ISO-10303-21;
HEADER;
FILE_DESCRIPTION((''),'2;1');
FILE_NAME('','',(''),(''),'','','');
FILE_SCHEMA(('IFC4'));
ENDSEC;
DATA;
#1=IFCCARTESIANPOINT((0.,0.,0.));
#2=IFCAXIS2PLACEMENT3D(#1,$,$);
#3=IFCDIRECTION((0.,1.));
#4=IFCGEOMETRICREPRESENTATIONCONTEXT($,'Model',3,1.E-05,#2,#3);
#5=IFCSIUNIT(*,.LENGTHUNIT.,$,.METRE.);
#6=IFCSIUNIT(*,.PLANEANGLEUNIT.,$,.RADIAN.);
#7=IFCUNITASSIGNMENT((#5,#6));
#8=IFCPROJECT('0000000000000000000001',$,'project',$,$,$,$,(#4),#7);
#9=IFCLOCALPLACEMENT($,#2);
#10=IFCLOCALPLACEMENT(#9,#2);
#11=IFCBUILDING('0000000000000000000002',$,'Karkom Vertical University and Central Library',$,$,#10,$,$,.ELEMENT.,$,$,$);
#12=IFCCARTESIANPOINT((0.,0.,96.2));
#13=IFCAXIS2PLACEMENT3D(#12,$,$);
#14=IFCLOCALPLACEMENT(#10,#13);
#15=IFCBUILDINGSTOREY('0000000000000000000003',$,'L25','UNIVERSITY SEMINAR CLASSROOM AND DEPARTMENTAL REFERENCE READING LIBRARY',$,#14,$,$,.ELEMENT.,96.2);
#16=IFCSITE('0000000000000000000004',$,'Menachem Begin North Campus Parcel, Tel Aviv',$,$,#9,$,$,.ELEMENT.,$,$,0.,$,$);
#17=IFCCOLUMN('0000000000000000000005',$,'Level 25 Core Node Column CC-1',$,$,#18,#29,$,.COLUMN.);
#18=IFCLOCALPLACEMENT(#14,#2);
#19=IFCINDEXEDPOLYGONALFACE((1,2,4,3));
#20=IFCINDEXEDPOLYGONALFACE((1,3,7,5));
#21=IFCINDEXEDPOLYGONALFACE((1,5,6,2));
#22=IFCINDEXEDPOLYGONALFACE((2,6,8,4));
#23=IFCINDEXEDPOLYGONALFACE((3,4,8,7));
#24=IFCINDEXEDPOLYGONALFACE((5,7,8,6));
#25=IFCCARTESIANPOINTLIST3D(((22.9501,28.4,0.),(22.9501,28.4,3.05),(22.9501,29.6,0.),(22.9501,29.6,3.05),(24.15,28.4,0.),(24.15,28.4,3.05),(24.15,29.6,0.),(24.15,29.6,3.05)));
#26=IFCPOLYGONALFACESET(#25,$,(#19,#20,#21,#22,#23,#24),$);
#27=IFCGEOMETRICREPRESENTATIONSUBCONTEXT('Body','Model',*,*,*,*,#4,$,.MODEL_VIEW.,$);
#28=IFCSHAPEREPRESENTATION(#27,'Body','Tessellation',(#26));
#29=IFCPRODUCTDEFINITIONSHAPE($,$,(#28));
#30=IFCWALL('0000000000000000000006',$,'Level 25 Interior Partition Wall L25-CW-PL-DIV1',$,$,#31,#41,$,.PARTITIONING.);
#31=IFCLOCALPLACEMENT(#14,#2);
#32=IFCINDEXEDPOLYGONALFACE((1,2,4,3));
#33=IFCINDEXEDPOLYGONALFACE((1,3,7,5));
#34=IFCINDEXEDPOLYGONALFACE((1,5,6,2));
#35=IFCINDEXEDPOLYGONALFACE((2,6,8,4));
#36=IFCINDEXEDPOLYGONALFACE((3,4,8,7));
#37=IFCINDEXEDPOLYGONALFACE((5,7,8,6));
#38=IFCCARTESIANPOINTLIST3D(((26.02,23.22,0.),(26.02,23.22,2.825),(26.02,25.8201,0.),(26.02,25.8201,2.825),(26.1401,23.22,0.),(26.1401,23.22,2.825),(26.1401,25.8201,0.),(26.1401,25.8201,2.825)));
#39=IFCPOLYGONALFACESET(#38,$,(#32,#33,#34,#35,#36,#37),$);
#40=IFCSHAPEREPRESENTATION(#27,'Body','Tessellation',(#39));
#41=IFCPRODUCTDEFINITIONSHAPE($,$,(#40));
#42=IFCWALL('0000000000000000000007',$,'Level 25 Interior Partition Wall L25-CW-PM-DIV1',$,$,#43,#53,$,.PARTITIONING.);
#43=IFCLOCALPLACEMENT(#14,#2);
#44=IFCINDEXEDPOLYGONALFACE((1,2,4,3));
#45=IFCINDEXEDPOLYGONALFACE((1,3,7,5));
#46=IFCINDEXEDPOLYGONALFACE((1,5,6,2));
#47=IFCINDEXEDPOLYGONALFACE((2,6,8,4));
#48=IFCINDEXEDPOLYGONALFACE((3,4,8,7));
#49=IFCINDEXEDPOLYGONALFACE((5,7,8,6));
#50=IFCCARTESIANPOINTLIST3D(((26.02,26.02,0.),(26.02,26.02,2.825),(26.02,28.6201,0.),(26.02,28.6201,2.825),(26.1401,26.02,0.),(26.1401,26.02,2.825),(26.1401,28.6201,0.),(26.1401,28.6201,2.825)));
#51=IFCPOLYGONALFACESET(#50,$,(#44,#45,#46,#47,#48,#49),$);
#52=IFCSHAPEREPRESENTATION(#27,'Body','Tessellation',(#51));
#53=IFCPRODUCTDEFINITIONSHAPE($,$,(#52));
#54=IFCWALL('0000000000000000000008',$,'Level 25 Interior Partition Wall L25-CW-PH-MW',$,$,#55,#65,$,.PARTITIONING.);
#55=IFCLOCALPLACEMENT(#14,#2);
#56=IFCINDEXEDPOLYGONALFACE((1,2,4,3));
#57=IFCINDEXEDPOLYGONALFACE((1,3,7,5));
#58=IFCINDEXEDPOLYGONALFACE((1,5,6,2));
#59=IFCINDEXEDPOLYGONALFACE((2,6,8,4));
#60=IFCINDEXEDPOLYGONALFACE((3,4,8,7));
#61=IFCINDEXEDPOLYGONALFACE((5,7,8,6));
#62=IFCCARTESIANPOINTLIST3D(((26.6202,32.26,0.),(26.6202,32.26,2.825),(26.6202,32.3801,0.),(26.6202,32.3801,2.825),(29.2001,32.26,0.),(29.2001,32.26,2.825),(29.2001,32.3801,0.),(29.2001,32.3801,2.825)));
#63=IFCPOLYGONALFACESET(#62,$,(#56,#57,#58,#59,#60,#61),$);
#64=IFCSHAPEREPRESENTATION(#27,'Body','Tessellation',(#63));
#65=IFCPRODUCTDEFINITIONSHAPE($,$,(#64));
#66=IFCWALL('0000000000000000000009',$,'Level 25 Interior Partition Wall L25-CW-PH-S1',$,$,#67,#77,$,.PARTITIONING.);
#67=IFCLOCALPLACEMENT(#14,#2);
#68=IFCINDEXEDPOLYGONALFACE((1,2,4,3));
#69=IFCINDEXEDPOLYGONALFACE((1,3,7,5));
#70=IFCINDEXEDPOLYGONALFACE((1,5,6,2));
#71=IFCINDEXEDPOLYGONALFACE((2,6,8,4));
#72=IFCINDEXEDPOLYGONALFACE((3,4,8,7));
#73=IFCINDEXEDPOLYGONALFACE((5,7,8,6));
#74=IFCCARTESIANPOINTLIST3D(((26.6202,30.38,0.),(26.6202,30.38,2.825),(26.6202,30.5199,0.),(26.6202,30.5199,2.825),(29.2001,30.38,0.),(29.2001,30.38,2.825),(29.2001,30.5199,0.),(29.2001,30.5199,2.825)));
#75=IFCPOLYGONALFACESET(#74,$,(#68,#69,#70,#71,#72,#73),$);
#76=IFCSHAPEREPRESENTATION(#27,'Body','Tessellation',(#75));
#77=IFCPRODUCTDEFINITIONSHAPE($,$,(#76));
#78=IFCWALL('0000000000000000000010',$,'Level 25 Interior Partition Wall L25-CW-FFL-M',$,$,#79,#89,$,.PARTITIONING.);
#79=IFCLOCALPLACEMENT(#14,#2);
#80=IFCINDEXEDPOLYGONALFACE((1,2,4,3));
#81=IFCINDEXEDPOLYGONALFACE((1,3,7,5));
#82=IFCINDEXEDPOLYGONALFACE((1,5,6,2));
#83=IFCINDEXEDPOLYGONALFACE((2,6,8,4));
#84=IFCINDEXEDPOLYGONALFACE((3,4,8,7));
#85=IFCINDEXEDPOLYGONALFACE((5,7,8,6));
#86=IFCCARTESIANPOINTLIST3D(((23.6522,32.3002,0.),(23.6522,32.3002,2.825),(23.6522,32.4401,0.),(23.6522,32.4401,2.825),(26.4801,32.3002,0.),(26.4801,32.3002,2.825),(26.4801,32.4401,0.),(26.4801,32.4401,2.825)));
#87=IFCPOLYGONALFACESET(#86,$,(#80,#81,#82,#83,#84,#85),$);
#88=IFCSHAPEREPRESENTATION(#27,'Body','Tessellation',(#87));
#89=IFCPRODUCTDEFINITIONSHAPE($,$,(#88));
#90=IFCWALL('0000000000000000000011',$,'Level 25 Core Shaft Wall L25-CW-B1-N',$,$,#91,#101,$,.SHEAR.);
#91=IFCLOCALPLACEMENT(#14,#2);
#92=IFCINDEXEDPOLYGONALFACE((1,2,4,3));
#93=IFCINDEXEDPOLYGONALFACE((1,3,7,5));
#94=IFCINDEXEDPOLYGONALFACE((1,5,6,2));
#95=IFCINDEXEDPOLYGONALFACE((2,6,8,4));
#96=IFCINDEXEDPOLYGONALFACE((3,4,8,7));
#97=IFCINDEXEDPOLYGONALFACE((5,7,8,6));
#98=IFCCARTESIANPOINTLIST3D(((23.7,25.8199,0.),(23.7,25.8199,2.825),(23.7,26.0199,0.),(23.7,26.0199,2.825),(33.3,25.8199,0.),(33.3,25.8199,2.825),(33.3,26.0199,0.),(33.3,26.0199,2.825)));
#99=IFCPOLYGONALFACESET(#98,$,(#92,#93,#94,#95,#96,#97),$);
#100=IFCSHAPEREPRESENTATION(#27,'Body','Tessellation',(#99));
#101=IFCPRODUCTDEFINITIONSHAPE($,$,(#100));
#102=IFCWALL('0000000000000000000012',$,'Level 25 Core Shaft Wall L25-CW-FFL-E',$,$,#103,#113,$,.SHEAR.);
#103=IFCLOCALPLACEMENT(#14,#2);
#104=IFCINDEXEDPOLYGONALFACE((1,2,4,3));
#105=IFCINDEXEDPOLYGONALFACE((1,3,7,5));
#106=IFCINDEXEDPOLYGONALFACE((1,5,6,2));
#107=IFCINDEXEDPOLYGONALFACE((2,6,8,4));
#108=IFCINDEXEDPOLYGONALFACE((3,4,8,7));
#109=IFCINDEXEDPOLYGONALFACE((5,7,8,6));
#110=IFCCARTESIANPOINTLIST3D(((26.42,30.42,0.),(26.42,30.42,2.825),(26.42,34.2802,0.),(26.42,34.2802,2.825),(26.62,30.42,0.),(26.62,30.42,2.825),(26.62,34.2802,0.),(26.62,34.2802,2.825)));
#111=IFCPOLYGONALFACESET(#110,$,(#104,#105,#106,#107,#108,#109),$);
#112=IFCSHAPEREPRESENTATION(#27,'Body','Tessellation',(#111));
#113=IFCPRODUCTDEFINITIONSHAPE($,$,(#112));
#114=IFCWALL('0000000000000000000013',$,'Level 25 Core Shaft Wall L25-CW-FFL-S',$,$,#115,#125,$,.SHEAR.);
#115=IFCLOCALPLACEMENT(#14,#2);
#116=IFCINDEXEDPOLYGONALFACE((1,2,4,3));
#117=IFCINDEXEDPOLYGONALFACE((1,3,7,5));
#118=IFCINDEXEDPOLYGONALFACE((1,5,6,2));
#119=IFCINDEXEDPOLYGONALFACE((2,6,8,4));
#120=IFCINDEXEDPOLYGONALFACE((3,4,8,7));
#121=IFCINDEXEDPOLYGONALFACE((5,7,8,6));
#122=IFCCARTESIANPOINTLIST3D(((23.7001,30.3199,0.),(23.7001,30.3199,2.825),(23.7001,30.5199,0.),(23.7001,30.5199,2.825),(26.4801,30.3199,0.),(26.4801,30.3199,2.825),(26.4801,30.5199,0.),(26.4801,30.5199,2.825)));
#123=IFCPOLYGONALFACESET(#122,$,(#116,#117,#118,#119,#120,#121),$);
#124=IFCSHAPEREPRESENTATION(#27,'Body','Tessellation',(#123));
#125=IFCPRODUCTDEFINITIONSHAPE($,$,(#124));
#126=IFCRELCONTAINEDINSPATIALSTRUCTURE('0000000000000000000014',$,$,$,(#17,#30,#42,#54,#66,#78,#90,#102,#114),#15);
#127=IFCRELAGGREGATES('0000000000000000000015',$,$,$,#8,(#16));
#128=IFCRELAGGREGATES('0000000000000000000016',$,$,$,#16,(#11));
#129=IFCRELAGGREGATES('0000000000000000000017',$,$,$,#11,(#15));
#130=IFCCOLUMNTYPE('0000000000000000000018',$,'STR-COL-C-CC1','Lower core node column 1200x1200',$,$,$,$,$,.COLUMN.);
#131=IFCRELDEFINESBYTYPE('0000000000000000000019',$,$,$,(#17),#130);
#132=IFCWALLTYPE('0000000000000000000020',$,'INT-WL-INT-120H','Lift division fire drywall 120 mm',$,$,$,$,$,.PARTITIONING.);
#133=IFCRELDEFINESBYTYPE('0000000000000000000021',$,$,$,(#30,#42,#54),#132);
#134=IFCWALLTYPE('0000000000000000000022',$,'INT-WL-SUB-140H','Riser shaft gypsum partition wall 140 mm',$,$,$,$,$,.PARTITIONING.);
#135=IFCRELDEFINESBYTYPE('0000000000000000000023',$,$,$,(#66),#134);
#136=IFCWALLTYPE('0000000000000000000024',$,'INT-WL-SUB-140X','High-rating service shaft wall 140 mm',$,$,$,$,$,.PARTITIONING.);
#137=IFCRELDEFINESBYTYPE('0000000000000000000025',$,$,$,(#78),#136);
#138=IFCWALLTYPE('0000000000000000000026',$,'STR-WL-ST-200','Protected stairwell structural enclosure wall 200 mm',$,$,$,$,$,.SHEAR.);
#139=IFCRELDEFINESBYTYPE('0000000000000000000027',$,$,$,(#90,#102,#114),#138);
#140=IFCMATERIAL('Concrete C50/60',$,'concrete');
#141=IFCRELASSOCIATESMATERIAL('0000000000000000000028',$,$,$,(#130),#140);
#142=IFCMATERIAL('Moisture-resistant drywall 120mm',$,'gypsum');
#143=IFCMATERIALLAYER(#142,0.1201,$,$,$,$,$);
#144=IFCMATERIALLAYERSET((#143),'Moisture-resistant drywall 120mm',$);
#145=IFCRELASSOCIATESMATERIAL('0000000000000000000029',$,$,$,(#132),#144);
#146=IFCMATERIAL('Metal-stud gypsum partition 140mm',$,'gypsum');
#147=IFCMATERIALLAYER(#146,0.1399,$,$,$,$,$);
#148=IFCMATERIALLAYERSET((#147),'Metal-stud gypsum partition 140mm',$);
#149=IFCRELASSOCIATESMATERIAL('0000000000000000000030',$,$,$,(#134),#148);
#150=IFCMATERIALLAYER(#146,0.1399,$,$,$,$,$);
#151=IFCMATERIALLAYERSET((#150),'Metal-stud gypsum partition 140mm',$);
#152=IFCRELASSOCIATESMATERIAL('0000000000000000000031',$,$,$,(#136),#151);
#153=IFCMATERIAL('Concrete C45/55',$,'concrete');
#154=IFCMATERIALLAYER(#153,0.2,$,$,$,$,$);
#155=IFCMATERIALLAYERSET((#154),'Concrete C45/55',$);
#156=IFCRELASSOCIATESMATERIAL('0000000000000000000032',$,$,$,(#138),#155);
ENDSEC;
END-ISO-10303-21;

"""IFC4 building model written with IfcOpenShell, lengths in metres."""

from ifc_helpers import new_model, si_unit, direction, frame, frame_2d, origin, origin_with_axes, origin_2d, place, context, subcontext, project, spatial, rectangle, extrude, source, transform, mapped, material, layer, layer_set, material_profile, profile_set, type_object, element, save


model = new_model("IFC4")

# Units and contexts
model_context = context("Model", 3, precision=1e-05, world=origin(), true_north=direction((0.0, 1.0)))
body_context = subcontext(model_context, "Body", "Model", "MODEL_VIEW")
ifc_project = project(units=[si_unit("LENGTHUNIT", "METRE"), si_unit("PLANEANGLEUNIT", "RADIAN")], contexts=[model_context])

# Site, building, storey
site_placement = place(None, origin())
site = spatial("IfcSite", under=ifc_project, at=site_placement, Name="Menachem Begin North Campus Parcel, Tel Aviv", CompositionType="ELEMENT", RefElevation=0.0)
building_placement = place(site_placement, origin())
building = spatial("IfcBuilding", under=site, at=building_placement, Name="Karkom Vertical University and Central Library", CompositionType="ELEMENT")
storey_placement = place(building_placement, frame((0.0, 0.0, 96.2)))
storey = spatial("IfcBuildingStorey", under=building, at=storey_placement, Name="L25", Description="UNIVERSITY SEMINAR CLASSROOM AND DEPARTMENTAL REFERENCE READING LIBRARY", CompositionType="ELEMENT", Elevation=96.2)

# Column
ifc_material_1 = material(Name="Concrete C50/60", Category="concrete")
ifc_material_profile = material_profile(ifc_material_1, rectangle(XDim=1.2, YDim=1.2, at=origin_2d()), Name="RC-1200x1200")
ifc_profile_set = profile_set([ifc_material_profile], Name="Concrete C50/60")
column_type = type_object("IfcColumnType", Name="STR-COL-C-CC1", Description="Lower core node column 1200x1200", PredefinedType="COLUMN", material=ifc_profile_set)
shared_shape_1 = source(origin_with_axes(), body_context, "Body", "SweptSolid", [
    extrude(rectangle(XDim=1.2, YDim=1.2, at=origin_2d()), origin(), (0.0, 0.0, 1.0), 3.05),
])
column_placement = place(storey_placement, frame((23.55, 29.0, 0.0), z_axis=(0.0, 0.0, 1.0), x_axis=(1.0, 0.0, 0.0)))
element("IfcColumn", 1, at=column_placement, inside=storey, type_object=column_type, Name="Level 25 Core Node Column CC-1", PredefinedType="COLUMN", context=body_context, shape_type="MappedRepresentation", body=[
    mapped(shared_shape_1, transform((0.0, 0.0, 0.0), scale=1.0)),
])

# Walls
ifc_material_2 = material(Name="Moisture-resistant drywall 120mm", Category="gypsum")
ifc_layer_1 = layer(ifc_material_2, 0.1201)
ifc_layer_set_1 = layer_set([ifc_layer_1], Name="Moisture-resistant drywall 120mm")
wall_type_1 = type_object("IfcWallType", Name="INT-WL-INT-120H", Description="Lift division fire drywall 120 mm", PredefinedType="PARTITIONING", material=ifc_layer_set_1)
for number, where, z_axis, x_axis, name in (
    (2, (26.0801, 23.22, 0.0), (0.0, 0.0, 1.0), (0.0, 1.0, 0.0), "Level 25 Interior Partition Wall L25-CW-PL-DIV1"),
    (3, (26.0801, 26.02, 0.0), (0.0, 0.0, 1.0), (0.0, 1.0, 0.0), "Level 25 Interior Partition Wall L25-CW-PM-DIV1"),
):
    element("IfcWall", number, at=place(storey_placement, frame(where, z_axis=z_axis, x_axis=x_axis)), inside=storey, type_object=wall_type_1, Name=name, PredefinedType="PARTITIONING", context=body_context, shape_type="SweptSolid", body=[
        extrude(rectangle(XDim=2.6001, YDim=0.1201, at=frame_2d((1.3, 0.0))), origin(), (0.0, 0.0, 1.0), 2.825),
    ])
wall_1_placement = place(storey_placement, frame((26.6201, 32.3201, 0.0), z_axis=(0.0, 0.0, 1.0), x_axis=(1.0, 0.0, 0.0)))
element("IfcWall", 4, at=wall_1_placement, inside=storey, type_object=wall_type_1, Name="Level 25 Interior Partition Wall L25-CW-PH-MW", PredefinedType="PARTITIONING", context=body_context, shape_type="SweptSolid", body=[
    extrude(rectangle(XDim=2.5798, YDim=0.1201, at=frame_2d((1.29, 0.0))), origin(), (0.0, 0.0, 1.0), 2.825),
])
ifc_material_3 = material(Name="Metal-stud gypsum partition 140mm", Category="gypsum")
ifc_layer_2 = layer(ifc_material_3, 0.1399)
ifc_layer_set_2 = layer_set([ifc_layer_2], Name="Metal-stud gypsum partition 140mm")
wall_type_2 = type_object("IfcWallType", Name="INT-WL-SUB-140H", Description="Riser shaft gypsum partition wall 140 mm", PredefinedType="PARTITIONING", material=ifc_layer_set_2)
wall_2_placement = place(storey_placement, frame((26.6201, 30.45, 0.0), z_axis=(0.0, 0.0, 1.0), x_axis=(1.0, 0.0, 0.0)))
element("IfcWall", 5, at=wall_2_placement, inside=storey, type_object=wall_type_2, Name="Level 25 Interior Partition Wall L25-CW-PH-S1", PredefinedType="PARTITIONING", context=body_context, shape_type="SweptSolid", body=[
    extrude(rectangle(XDim=2.5798, YDim=0.1399, at=frame_2d((1.29, 0.0))), origin(), (0.0, 0.0, 1.0), 2.825),
])
ifc_layer_3 = layer(ifc_material_3, 0.1399)
ifc_layer_set_3 = layer_set([ifc_layer_3], Name="Metal-stud gypsum partition 140mm")
wall_type_3 = type_object("IfcWallType", Name="INT-WL-SUB-140X", Description="High-rating service shaft wall 140 mm", PredefinedType="PARTITIONING", material=ifc_layer_set_3)
wall_3_placement = place(storey_placement, frame((23.6521, 32.3701, 0.0), z_axis=(0.0, 0.0, 1.0), x_axis=(1.0, 0.0, 0.0)))
element("IfcWall", 6, at=wall_3_placement, inside=storey, type_object=wall_type_3, Name="Level 25 Interior Partition Wall L25-CW-FFL-M", PredefinedType="PARTITIONING", context=body_context, shape_type="SweptSolid", body=[
    extrude(rectangle(XDim=2.8279, YDim=0.1399, at=frame_2d((1.4141, 0.0))), origin(), (0.0, 0.0, 1.0), 2.825),
])

# Shared definitions
ifc_material_4 = material(Name="Concrete C45/55", Category="concrete")
ifc_layer_4 = layer(ifc_material_4, 0.2)
ifc_layer_set_4 = layer_set([ifc_layer_4], Name="Concrete C45/55")
wall_type_4 = type_object("IfcWallType", Name="STR-WL-ST-200", Description="Protected stairwell structural enclosure wall 200 mm", PredefinedType="SHEAR", material=ifc_layer_set_4)

# Wall
wall_4_placement = place(storey_placement, frame((23.7, 25.9199, 0.0), z_axis=(0.0, 0.0, 1.0), x_axis=(1.0, 0.0, 0.0)))
element("IfcWall", 7, at=wall_4_placement, inside=storey, type_object=wall_type_4, Name="Level 25 Core Shaft Wall L25-CW-B1-N", PredefinedType="SHEAR", context=body_context, shape_type="SweptSolid", body=[
    extrude(rectangle(XDim=9.6001, YDim=0.2, at=frame_2d((4.8, 0.0))), origin(), (0.0, 0.0, 1.0), 2.825),
])

# Walls
wall_5_placement = place(storey_placement, frame((26.52, 30.4199, 0.0), z_axis=(0.0, 0.0, 1.0), x_axis=(0.0, 1.0, 0.0)))
element("IfcWall", 8, at=wall_5_placement, inside=storey, type_object=wall_type_4, Name="Level 25 Core Shaft Wall L25-CW-FFL-E", PredefinedType="SHEAR", context=body_context, shape_type="SweptSolid", body=[
    extrude(rectangle(XDim=3.8601, YDim=0.2, at=frame_2d((1.9302, 0.0))), origin(), (0.0, 0.0, 1.0), 2.825),
])
wall_6_placement = place(storey_placement, frame((23.7, 30.4199, 0.0), z_axis=(0.0, 0.0, 1.0), x_axis=(1.0, 0.0, 0.0)))
element("IfcWall", 9, at=wall_6_placement, inside=storey, type_object=wall_type_4, Name="Level 25 Core Shaft Wall L25-CW-FFL-S", PredefinedType="SHEAR", context=body_context, shape_type="SweptSolid", body=[
    extrude(rectangle(XDim=2.78, YDim=0.2, at=frame_2d((1.3901, 0.0))), origin(), (0.0, 0.0, 1.0), 2.825),
])

save(model, "model.ifc")
